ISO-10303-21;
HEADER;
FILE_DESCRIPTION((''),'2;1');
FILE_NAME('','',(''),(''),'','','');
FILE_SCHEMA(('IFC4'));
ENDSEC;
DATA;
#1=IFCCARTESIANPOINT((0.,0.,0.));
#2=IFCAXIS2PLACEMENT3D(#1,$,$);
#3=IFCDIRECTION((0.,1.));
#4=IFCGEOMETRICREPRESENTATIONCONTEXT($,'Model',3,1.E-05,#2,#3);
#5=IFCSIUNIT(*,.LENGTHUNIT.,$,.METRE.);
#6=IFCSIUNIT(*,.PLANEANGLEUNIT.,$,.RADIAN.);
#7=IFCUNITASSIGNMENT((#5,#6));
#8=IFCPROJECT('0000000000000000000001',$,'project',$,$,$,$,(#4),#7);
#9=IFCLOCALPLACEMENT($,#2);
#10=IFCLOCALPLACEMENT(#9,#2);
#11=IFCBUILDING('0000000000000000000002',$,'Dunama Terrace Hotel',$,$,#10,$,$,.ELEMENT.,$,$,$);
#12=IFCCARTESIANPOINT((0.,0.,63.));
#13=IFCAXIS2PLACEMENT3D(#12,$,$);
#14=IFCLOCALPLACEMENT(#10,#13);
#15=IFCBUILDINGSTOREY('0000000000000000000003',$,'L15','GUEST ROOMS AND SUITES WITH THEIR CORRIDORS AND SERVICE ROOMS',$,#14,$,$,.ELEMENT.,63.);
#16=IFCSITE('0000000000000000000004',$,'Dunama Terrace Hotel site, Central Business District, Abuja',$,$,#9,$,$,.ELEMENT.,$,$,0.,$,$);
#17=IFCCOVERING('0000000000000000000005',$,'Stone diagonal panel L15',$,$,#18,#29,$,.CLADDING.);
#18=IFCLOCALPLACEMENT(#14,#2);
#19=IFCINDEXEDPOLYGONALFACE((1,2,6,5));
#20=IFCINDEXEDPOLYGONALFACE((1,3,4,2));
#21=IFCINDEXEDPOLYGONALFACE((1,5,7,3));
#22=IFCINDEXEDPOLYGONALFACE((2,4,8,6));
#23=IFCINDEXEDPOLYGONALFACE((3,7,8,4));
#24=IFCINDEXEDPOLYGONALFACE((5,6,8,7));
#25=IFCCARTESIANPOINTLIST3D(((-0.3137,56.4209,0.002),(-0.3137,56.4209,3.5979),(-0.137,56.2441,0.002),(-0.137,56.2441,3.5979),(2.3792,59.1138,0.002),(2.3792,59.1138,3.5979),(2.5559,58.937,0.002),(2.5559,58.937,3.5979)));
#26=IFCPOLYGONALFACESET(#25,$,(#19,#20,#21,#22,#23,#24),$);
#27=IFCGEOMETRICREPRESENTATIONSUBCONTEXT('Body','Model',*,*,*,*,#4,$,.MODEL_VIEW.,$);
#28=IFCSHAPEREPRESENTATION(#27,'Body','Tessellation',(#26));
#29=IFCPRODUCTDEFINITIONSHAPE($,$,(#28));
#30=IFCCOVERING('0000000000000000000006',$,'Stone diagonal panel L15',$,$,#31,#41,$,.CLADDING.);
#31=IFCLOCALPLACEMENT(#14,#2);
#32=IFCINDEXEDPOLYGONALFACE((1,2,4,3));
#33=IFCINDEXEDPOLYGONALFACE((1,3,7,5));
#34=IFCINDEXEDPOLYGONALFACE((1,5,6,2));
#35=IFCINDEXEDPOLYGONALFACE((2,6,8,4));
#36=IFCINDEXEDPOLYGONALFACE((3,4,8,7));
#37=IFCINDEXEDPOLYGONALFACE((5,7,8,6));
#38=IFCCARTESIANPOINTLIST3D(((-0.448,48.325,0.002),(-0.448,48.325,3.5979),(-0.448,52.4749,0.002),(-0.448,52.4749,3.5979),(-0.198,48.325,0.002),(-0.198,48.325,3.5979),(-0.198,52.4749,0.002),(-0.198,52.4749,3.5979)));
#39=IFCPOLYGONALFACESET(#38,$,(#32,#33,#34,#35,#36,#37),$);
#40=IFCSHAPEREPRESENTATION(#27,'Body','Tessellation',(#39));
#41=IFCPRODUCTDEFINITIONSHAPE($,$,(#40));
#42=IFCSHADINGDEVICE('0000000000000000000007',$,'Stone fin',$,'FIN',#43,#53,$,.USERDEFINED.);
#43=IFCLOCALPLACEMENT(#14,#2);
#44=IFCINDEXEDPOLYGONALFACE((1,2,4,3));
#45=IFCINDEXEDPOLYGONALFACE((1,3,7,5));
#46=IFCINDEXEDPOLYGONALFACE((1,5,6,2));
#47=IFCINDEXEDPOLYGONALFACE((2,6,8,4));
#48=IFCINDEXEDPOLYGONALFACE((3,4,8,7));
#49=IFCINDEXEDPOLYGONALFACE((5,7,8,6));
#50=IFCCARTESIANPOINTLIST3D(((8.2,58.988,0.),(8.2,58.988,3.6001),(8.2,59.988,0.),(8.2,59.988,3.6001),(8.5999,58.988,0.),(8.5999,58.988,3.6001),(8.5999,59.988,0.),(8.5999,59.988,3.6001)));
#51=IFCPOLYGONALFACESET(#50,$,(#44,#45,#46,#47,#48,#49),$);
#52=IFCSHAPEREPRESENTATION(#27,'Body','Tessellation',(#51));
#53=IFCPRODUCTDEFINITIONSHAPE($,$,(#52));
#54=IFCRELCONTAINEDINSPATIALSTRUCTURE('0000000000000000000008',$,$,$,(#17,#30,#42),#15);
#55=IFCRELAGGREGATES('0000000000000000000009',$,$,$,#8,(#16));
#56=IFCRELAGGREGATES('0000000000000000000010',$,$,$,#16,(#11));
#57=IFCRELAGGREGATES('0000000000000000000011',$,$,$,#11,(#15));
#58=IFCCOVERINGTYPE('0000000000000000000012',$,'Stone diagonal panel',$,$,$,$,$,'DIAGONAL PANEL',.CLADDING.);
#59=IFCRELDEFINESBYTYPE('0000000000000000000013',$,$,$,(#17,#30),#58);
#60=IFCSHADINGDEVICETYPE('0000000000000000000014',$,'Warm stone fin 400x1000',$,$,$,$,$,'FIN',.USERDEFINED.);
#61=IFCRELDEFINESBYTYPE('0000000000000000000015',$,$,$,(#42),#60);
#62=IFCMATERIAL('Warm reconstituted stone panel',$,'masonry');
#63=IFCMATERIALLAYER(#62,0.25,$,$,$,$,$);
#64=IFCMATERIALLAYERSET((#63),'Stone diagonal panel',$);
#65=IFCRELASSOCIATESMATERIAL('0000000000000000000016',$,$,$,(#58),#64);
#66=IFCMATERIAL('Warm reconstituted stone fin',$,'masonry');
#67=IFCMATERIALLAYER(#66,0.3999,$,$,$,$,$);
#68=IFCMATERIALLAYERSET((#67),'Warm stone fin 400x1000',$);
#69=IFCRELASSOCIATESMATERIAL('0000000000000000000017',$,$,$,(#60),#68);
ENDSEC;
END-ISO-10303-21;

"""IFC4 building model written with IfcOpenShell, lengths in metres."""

from ifc_helpers import new_model, si_unit, direction, frame, origin, origin_2d, place, context, subcontext, project, spatial, rectangle, extrude, material, layer, layer_set, type_object, element, save


model = new_model("IFC4")

# Units and contexts
model_context = context("Model", 3, precision=1e-05, world=origin(), true_north=direction((0.0, 1.0)))
body_context = subcontext(model_context, "Body", "Model", "MODEL_VIEW")
ifc_project = project(units=[si_unit("LENGTHUNIT", "METRE"), si_unit("PLANEANGLEUNIT", "RADIAN")], contexts=[model_context])

# Site, building, storey
site_placement = place(None, origin())
site = spatial("IfcSite", under=ifc_project, at=site_placement, Name="Dunama Terrace Hotel site, Central Business District, Abuja", CompositionType="ELEMENT", RefElevation=0.0)
building_placement = place(site_placement, origin())
building = spatial("IfcBuilding", under=site, at=building_placement, Name="Dunama Terrace Hotel", CompositionType="ELEMENT")
storey_placement = place(building_placement, frame((0.0, 0.0, 63.0)))
storey = spatial("IfcBuildingStorey", under=building, at=storey_placement, Name="L15", Description="GUEST ROOMS AND SUITES WITH THEIR CORRIDORS AND SERVICE ROOMS", CompositionType="ELEMENT", Elevation=63.0)

# Coverings
ifc_material_1 = material(Name="Warm reconstituted stone panel", Category="masonry")
ifc_layer_1 = layer(ifc_material_1, 0.25)
ifc_layer_set_1 = layer_set([ifc_layer_1], Name="Stone diagonal panel")
covering_type = type_object("IfcCoveringType", Name="Stone diagonal panel", ElementType="DIAGONAL PANEL", PredefinedType="CLADDING", material=ifc_layer_set_1)
covering_1_placement = place(storey_placement, frame((1.1211, 57.679, 0.002), z_axis=(0.0, 0.0, 1.0), x_axis=(-0.707107, -0.707107, 0.0)))
element("IfcCovering", 1, at=covering_1_placement, inside=storey, type_object=covering_type, Name="Stone diagonal panel L15", PredefinedType="CLADDING", context=body_context, shape_type="SweptSolid", body=[
    extrude(rectangle(XDim=3.8083, YDim=0.25, at=origin_2d()), origin(), (0.0, 0.0, 1.0), 3.5959),
])
covering_2_placement = place(storey_placement, frame((-0.323, 50.3999, 0.002), z_axis=(0.0, 0.0, 1.0), x_axis=(0.0, -1.0, 0.0)))
element("IfcCovering", 2, at=covering_2_placement, inside=storey, type_object=covering_type, Name="Stone diagonal panel L15", PredefinedType="CLADDING", context=body_context, shape_type="SweptSolid", body=[
    extrude(rectangle(XDim=4.1499, YDim=0.25, at=origin_2d()), origin(), (0.0, 0.0, 1.0), 3.5959),
])

# Shading device
ifc_material_2 = material(Name="Warm reconstituted stone fin", Category="masonry")
ifc_layer_2 = layer(ifc_material_2, 0.3999)
ifc_layer_set_2 = layer_set([ifc_layer_2], Name="Warm stone fin 400x1000")
shading_device_type = type_object("IfcShadingDeviceType", Name="Warm stone fin 400x1000", ElementType="FIN", PredefinedType="USERDEFINED", material=ifc_layer_set_2)
shading_device_placement = place(storey_placement, frame((8.3999, 59.488, 0.0), z_axis=(0.0, 0.0, 1.0), x_axis=(-1.0, 0.0, 0.0)))
element("IfcShadingDevice", 3, at=shading_device_placement, inside=storey, type_object=shading_device_type, Name="Stone fin", ObjectType="FIN", PredefinedType="USERDEFINED", context=body_context, shape_type="SweptSolid", body=[
    extrude(rectangle(XDim=0.3999, YDim=1.0, at=origin_2d()), origin(), (0.0, 0.0, 1.0), 3.6001),
])

save(model, "model.ifc")
